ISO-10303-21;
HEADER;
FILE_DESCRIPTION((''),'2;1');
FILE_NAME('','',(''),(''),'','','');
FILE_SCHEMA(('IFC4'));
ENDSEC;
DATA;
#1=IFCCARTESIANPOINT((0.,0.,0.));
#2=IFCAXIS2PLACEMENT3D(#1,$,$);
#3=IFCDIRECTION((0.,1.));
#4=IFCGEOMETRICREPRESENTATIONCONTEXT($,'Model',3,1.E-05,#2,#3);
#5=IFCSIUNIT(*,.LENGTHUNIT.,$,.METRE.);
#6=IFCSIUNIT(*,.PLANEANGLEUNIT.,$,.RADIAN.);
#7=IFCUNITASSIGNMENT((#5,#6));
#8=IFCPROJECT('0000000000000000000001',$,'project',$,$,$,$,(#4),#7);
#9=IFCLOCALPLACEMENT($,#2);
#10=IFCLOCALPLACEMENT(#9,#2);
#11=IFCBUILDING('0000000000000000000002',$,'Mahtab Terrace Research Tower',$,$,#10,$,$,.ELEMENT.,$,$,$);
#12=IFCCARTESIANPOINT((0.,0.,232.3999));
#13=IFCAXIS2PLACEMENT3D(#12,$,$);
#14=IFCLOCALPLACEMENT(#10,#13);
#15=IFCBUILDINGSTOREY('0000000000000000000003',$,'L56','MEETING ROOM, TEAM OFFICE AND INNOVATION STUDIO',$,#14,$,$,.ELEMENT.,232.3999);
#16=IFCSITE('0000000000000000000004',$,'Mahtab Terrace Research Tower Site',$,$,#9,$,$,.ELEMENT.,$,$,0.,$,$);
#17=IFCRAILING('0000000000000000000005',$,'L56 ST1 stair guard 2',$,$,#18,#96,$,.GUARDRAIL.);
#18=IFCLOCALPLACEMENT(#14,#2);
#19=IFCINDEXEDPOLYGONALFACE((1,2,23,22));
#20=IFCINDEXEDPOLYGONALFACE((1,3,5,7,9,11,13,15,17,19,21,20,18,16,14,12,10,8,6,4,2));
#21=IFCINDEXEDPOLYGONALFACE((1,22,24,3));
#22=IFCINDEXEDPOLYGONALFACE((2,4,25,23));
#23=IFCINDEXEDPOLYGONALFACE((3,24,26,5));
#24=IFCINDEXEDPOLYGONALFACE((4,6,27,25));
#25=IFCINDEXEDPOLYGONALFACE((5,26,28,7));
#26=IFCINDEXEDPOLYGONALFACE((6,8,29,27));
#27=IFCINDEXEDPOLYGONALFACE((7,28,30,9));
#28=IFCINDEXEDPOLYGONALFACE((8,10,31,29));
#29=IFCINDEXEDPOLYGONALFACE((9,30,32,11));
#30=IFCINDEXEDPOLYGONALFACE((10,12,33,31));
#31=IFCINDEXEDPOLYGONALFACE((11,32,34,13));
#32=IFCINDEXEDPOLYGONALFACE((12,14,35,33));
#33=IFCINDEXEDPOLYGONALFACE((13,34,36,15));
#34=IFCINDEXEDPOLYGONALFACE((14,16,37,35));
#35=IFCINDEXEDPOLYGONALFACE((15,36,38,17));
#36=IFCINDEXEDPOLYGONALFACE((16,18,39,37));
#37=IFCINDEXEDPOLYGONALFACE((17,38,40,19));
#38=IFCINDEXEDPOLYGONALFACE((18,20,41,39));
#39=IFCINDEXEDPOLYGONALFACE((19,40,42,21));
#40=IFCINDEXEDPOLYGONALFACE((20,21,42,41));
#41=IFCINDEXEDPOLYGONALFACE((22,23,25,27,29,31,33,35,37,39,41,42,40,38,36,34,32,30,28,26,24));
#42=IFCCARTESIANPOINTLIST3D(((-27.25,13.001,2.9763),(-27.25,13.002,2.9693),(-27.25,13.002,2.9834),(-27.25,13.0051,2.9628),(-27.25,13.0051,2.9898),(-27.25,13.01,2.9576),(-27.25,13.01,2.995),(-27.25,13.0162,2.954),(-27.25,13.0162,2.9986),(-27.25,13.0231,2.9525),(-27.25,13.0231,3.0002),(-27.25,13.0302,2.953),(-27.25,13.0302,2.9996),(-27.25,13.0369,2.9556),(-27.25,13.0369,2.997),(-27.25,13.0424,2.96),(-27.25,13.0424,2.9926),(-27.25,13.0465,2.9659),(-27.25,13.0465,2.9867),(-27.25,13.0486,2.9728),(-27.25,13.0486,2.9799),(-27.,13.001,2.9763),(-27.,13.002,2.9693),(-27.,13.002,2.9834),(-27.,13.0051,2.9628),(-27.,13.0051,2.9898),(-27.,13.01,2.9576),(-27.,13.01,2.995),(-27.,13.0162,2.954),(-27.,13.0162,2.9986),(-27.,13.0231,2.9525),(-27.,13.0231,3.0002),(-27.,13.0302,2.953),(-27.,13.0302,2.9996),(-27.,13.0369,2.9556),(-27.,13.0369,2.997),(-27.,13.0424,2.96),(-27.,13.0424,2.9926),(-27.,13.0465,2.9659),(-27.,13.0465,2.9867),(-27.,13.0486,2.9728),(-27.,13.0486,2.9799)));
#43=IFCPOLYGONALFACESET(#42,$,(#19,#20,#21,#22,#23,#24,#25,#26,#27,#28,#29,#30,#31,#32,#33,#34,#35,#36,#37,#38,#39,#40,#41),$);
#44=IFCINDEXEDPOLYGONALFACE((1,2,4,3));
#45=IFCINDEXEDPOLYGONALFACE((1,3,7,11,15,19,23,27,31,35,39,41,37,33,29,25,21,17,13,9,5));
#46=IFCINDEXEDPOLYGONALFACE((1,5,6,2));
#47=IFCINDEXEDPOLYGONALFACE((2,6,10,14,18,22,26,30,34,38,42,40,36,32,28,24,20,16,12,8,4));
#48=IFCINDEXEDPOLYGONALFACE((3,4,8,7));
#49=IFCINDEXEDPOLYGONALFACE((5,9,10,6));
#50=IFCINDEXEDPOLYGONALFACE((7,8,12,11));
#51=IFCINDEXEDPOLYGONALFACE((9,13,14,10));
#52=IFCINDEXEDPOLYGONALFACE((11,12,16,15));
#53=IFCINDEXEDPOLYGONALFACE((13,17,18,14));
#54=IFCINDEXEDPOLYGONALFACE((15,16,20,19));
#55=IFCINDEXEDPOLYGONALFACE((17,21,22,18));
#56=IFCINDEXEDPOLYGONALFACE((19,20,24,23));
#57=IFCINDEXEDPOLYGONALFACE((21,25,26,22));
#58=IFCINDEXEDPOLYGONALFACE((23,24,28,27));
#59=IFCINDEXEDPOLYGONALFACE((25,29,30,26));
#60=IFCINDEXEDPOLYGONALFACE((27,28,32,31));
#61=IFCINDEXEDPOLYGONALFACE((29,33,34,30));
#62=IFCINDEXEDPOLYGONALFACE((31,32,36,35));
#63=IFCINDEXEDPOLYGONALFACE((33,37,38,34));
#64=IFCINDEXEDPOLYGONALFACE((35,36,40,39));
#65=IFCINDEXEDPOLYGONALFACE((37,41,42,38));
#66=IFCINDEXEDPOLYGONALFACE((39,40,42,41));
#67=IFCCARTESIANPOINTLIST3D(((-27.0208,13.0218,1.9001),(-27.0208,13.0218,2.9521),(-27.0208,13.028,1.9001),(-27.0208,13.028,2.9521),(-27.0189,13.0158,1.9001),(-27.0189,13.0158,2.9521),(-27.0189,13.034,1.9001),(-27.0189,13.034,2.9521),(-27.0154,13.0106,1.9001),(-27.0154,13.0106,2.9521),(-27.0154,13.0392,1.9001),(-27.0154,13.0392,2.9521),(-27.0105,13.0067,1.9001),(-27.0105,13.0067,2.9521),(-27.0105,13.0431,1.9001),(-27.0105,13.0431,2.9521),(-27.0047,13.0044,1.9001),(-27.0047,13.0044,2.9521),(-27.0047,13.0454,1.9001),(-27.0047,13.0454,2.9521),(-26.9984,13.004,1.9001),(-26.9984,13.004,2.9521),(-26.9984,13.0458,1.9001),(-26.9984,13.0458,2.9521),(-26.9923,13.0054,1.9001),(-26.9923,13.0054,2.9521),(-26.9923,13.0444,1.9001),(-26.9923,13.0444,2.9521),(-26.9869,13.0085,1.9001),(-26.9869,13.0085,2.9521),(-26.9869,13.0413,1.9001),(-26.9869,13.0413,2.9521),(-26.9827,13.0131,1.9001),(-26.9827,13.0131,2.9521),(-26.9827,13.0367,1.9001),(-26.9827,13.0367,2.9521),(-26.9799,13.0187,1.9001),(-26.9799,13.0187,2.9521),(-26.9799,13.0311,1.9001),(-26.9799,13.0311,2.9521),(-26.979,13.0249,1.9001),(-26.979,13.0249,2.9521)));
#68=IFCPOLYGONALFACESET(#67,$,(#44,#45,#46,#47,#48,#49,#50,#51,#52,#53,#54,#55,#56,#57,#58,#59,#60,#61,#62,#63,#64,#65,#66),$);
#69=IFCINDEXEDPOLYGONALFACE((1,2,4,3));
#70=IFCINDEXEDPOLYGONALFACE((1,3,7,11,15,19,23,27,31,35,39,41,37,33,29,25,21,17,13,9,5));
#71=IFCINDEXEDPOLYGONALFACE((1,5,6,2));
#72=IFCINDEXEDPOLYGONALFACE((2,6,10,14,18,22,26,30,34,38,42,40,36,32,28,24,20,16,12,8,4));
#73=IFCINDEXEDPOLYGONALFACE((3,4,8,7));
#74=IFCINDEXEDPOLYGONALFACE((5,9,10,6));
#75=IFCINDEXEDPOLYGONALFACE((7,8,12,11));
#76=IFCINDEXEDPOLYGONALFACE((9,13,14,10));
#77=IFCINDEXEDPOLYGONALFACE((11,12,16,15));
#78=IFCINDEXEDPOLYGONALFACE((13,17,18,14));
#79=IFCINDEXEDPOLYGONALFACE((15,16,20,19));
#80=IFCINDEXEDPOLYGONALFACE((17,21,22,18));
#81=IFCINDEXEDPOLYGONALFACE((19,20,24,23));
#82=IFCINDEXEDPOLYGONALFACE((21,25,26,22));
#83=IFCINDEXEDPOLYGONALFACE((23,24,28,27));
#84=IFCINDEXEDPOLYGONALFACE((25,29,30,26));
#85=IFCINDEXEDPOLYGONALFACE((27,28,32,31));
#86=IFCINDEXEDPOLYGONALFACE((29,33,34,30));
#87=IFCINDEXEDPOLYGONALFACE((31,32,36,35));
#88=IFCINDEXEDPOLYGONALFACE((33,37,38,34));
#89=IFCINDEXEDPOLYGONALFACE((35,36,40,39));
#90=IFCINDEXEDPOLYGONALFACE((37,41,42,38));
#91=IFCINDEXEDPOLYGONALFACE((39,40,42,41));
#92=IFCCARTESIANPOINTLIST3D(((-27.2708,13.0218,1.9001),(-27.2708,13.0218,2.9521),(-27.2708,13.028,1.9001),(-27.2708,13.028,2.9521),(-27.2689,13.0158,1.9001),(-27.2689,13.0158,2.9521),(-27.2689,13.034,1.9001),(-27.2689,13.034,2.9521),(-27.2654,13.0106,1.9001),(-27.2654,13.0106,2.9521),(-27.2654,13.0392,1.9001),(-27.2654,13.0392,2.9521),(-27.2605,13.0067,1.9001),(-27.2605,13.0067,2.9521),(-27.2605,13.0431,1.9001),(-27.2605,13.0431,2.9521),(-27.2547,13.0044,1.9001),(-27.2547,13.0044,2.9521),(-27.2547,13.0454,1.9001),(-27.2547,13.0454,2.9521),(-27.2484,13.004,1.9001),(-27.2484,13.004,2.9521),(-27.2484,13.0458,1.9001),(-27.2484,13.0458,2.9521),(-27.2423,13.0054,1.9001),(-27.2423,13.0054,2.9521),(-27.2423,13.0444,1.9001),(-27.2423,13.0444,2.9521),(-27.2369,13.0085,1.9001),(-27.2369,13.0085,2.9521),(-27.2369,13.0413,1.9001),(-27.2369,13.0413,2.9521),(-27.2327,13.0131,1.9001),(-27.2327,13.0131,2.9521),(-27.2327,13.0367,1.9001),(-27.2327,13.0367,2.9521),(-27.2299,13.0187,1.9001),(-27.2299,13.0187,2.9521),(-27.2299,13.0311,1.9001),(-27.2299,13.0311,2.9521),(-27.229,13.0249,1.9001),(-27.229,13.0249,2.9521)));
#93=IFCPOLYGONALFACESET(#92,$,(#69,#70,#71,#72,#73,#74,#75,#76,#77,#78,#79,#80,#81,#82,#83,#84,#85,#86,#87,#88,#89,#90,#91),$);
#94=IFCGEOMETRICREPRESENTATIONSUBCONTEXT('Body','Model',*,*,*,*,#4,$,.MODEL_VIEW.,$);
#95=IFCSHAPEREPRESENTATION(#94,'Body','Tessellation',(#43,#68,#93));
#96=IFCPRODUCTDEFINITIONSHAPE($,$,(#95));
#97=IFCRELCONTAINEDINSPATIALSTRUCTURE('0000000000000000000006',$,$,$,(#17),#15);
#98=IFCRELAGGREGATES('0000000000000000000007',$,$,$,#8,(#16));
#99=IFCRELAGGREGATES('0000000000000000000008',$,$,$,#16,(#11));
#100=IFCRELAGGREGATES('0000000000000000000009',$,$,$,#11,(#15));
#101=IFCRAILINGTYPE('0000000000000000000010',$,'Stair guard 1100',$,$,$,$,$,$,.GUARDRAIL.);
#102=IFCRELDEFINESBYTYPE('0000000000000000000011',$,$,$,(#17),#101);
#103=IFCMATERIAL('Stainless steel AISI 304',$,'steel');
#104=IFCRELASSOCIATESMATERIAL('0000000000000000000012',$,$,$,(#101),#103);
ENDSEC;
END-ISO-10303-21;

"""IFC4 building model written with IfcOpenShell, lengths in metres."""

from ifc_helpers import new_model, si_unit, direction, frame, origin, origin_2d, place, context, subcontext, project, spatial, circle, extrude, material, type_object, element, save


model = new_model("IFC4")

# Units and contexts
model_context = context("Model", 3, precision=1e-05, world=origin(), true_north=direction((0.0, 1.0)))
body_context = subcontext(model_context, "Body", "Model", "MODEL_VIEW")
ifc_project = project(units=[si_unit("LENGTHUNIT", "METRE"), si_unit("PLANEANGLEUNIT", "RADIAN")], contexts=[model_context])

# Site, building, storey
site_placement = place(None, origin())
site = spatial("IfcSite", under=ifc_project, at=site_placement, Name="Mahtab Terrace Research Tower Site", CompositionType="ELEMENT", RefElevation=0.0)
building_placement = place(site_placement, origin())
building = spatial("IfcBuilding", under=site, at=building_placement, Name="Mahtab Terrace Research Tower", CompositionType="ELEMENT")
storey_placement = place(building_placement, frame((0.0, 0.0, 232.3999)))
storey = spatial("IfcBuildingStorey", under=building, at=storey_placement, Name="L56", Description="MEETING ROOM, TEAM OFFICE AND INNOVATION STUDIO", CompositionType="ELEMENT", Elevation=232.3999)

# Railing
ifc_material_1 = material(Name="Stainless steel AISI 304", Category="steel")
railing_type_1 = type_object("IfcRailingType", Name="Stair guard 1100", PredefinedType="GUARDRAIL", material=ifc_material_1)
railing_1_placement = place(storey_placement, frame((-27.0, 13.0249, 1.9001)))
element("IfcRailing", 1, at=railing_1_placement, inside=storey, type_object=railing_type_1, Name="L56 ST1 stair guard 2", PredefinedType="GUARDRAIL", context=body_context, shape_type="SweptSolid", body=[
    extrude(circle(Radius=0.0239, at=origin_2d()), frame((0.0, 0.0, 1.0762), z_axis=(-1.0, 0.0, 0.0), x_axis=(0.0, -1.0, 0.0)), (0.0, 0.0, 1.0), 0.25),
    extrude(circle(Radius=0.021, at=origin_2d()), origin(), (0.0, 0.0, 1.0), 1.052),
    extrude(circle(Radius=0.021, at=origin_2d()), frame((-0.25, 0.0, 0.0)), (0.0, 0.0, 1.0), 1.052),
])

save(model, "model.ifc")
